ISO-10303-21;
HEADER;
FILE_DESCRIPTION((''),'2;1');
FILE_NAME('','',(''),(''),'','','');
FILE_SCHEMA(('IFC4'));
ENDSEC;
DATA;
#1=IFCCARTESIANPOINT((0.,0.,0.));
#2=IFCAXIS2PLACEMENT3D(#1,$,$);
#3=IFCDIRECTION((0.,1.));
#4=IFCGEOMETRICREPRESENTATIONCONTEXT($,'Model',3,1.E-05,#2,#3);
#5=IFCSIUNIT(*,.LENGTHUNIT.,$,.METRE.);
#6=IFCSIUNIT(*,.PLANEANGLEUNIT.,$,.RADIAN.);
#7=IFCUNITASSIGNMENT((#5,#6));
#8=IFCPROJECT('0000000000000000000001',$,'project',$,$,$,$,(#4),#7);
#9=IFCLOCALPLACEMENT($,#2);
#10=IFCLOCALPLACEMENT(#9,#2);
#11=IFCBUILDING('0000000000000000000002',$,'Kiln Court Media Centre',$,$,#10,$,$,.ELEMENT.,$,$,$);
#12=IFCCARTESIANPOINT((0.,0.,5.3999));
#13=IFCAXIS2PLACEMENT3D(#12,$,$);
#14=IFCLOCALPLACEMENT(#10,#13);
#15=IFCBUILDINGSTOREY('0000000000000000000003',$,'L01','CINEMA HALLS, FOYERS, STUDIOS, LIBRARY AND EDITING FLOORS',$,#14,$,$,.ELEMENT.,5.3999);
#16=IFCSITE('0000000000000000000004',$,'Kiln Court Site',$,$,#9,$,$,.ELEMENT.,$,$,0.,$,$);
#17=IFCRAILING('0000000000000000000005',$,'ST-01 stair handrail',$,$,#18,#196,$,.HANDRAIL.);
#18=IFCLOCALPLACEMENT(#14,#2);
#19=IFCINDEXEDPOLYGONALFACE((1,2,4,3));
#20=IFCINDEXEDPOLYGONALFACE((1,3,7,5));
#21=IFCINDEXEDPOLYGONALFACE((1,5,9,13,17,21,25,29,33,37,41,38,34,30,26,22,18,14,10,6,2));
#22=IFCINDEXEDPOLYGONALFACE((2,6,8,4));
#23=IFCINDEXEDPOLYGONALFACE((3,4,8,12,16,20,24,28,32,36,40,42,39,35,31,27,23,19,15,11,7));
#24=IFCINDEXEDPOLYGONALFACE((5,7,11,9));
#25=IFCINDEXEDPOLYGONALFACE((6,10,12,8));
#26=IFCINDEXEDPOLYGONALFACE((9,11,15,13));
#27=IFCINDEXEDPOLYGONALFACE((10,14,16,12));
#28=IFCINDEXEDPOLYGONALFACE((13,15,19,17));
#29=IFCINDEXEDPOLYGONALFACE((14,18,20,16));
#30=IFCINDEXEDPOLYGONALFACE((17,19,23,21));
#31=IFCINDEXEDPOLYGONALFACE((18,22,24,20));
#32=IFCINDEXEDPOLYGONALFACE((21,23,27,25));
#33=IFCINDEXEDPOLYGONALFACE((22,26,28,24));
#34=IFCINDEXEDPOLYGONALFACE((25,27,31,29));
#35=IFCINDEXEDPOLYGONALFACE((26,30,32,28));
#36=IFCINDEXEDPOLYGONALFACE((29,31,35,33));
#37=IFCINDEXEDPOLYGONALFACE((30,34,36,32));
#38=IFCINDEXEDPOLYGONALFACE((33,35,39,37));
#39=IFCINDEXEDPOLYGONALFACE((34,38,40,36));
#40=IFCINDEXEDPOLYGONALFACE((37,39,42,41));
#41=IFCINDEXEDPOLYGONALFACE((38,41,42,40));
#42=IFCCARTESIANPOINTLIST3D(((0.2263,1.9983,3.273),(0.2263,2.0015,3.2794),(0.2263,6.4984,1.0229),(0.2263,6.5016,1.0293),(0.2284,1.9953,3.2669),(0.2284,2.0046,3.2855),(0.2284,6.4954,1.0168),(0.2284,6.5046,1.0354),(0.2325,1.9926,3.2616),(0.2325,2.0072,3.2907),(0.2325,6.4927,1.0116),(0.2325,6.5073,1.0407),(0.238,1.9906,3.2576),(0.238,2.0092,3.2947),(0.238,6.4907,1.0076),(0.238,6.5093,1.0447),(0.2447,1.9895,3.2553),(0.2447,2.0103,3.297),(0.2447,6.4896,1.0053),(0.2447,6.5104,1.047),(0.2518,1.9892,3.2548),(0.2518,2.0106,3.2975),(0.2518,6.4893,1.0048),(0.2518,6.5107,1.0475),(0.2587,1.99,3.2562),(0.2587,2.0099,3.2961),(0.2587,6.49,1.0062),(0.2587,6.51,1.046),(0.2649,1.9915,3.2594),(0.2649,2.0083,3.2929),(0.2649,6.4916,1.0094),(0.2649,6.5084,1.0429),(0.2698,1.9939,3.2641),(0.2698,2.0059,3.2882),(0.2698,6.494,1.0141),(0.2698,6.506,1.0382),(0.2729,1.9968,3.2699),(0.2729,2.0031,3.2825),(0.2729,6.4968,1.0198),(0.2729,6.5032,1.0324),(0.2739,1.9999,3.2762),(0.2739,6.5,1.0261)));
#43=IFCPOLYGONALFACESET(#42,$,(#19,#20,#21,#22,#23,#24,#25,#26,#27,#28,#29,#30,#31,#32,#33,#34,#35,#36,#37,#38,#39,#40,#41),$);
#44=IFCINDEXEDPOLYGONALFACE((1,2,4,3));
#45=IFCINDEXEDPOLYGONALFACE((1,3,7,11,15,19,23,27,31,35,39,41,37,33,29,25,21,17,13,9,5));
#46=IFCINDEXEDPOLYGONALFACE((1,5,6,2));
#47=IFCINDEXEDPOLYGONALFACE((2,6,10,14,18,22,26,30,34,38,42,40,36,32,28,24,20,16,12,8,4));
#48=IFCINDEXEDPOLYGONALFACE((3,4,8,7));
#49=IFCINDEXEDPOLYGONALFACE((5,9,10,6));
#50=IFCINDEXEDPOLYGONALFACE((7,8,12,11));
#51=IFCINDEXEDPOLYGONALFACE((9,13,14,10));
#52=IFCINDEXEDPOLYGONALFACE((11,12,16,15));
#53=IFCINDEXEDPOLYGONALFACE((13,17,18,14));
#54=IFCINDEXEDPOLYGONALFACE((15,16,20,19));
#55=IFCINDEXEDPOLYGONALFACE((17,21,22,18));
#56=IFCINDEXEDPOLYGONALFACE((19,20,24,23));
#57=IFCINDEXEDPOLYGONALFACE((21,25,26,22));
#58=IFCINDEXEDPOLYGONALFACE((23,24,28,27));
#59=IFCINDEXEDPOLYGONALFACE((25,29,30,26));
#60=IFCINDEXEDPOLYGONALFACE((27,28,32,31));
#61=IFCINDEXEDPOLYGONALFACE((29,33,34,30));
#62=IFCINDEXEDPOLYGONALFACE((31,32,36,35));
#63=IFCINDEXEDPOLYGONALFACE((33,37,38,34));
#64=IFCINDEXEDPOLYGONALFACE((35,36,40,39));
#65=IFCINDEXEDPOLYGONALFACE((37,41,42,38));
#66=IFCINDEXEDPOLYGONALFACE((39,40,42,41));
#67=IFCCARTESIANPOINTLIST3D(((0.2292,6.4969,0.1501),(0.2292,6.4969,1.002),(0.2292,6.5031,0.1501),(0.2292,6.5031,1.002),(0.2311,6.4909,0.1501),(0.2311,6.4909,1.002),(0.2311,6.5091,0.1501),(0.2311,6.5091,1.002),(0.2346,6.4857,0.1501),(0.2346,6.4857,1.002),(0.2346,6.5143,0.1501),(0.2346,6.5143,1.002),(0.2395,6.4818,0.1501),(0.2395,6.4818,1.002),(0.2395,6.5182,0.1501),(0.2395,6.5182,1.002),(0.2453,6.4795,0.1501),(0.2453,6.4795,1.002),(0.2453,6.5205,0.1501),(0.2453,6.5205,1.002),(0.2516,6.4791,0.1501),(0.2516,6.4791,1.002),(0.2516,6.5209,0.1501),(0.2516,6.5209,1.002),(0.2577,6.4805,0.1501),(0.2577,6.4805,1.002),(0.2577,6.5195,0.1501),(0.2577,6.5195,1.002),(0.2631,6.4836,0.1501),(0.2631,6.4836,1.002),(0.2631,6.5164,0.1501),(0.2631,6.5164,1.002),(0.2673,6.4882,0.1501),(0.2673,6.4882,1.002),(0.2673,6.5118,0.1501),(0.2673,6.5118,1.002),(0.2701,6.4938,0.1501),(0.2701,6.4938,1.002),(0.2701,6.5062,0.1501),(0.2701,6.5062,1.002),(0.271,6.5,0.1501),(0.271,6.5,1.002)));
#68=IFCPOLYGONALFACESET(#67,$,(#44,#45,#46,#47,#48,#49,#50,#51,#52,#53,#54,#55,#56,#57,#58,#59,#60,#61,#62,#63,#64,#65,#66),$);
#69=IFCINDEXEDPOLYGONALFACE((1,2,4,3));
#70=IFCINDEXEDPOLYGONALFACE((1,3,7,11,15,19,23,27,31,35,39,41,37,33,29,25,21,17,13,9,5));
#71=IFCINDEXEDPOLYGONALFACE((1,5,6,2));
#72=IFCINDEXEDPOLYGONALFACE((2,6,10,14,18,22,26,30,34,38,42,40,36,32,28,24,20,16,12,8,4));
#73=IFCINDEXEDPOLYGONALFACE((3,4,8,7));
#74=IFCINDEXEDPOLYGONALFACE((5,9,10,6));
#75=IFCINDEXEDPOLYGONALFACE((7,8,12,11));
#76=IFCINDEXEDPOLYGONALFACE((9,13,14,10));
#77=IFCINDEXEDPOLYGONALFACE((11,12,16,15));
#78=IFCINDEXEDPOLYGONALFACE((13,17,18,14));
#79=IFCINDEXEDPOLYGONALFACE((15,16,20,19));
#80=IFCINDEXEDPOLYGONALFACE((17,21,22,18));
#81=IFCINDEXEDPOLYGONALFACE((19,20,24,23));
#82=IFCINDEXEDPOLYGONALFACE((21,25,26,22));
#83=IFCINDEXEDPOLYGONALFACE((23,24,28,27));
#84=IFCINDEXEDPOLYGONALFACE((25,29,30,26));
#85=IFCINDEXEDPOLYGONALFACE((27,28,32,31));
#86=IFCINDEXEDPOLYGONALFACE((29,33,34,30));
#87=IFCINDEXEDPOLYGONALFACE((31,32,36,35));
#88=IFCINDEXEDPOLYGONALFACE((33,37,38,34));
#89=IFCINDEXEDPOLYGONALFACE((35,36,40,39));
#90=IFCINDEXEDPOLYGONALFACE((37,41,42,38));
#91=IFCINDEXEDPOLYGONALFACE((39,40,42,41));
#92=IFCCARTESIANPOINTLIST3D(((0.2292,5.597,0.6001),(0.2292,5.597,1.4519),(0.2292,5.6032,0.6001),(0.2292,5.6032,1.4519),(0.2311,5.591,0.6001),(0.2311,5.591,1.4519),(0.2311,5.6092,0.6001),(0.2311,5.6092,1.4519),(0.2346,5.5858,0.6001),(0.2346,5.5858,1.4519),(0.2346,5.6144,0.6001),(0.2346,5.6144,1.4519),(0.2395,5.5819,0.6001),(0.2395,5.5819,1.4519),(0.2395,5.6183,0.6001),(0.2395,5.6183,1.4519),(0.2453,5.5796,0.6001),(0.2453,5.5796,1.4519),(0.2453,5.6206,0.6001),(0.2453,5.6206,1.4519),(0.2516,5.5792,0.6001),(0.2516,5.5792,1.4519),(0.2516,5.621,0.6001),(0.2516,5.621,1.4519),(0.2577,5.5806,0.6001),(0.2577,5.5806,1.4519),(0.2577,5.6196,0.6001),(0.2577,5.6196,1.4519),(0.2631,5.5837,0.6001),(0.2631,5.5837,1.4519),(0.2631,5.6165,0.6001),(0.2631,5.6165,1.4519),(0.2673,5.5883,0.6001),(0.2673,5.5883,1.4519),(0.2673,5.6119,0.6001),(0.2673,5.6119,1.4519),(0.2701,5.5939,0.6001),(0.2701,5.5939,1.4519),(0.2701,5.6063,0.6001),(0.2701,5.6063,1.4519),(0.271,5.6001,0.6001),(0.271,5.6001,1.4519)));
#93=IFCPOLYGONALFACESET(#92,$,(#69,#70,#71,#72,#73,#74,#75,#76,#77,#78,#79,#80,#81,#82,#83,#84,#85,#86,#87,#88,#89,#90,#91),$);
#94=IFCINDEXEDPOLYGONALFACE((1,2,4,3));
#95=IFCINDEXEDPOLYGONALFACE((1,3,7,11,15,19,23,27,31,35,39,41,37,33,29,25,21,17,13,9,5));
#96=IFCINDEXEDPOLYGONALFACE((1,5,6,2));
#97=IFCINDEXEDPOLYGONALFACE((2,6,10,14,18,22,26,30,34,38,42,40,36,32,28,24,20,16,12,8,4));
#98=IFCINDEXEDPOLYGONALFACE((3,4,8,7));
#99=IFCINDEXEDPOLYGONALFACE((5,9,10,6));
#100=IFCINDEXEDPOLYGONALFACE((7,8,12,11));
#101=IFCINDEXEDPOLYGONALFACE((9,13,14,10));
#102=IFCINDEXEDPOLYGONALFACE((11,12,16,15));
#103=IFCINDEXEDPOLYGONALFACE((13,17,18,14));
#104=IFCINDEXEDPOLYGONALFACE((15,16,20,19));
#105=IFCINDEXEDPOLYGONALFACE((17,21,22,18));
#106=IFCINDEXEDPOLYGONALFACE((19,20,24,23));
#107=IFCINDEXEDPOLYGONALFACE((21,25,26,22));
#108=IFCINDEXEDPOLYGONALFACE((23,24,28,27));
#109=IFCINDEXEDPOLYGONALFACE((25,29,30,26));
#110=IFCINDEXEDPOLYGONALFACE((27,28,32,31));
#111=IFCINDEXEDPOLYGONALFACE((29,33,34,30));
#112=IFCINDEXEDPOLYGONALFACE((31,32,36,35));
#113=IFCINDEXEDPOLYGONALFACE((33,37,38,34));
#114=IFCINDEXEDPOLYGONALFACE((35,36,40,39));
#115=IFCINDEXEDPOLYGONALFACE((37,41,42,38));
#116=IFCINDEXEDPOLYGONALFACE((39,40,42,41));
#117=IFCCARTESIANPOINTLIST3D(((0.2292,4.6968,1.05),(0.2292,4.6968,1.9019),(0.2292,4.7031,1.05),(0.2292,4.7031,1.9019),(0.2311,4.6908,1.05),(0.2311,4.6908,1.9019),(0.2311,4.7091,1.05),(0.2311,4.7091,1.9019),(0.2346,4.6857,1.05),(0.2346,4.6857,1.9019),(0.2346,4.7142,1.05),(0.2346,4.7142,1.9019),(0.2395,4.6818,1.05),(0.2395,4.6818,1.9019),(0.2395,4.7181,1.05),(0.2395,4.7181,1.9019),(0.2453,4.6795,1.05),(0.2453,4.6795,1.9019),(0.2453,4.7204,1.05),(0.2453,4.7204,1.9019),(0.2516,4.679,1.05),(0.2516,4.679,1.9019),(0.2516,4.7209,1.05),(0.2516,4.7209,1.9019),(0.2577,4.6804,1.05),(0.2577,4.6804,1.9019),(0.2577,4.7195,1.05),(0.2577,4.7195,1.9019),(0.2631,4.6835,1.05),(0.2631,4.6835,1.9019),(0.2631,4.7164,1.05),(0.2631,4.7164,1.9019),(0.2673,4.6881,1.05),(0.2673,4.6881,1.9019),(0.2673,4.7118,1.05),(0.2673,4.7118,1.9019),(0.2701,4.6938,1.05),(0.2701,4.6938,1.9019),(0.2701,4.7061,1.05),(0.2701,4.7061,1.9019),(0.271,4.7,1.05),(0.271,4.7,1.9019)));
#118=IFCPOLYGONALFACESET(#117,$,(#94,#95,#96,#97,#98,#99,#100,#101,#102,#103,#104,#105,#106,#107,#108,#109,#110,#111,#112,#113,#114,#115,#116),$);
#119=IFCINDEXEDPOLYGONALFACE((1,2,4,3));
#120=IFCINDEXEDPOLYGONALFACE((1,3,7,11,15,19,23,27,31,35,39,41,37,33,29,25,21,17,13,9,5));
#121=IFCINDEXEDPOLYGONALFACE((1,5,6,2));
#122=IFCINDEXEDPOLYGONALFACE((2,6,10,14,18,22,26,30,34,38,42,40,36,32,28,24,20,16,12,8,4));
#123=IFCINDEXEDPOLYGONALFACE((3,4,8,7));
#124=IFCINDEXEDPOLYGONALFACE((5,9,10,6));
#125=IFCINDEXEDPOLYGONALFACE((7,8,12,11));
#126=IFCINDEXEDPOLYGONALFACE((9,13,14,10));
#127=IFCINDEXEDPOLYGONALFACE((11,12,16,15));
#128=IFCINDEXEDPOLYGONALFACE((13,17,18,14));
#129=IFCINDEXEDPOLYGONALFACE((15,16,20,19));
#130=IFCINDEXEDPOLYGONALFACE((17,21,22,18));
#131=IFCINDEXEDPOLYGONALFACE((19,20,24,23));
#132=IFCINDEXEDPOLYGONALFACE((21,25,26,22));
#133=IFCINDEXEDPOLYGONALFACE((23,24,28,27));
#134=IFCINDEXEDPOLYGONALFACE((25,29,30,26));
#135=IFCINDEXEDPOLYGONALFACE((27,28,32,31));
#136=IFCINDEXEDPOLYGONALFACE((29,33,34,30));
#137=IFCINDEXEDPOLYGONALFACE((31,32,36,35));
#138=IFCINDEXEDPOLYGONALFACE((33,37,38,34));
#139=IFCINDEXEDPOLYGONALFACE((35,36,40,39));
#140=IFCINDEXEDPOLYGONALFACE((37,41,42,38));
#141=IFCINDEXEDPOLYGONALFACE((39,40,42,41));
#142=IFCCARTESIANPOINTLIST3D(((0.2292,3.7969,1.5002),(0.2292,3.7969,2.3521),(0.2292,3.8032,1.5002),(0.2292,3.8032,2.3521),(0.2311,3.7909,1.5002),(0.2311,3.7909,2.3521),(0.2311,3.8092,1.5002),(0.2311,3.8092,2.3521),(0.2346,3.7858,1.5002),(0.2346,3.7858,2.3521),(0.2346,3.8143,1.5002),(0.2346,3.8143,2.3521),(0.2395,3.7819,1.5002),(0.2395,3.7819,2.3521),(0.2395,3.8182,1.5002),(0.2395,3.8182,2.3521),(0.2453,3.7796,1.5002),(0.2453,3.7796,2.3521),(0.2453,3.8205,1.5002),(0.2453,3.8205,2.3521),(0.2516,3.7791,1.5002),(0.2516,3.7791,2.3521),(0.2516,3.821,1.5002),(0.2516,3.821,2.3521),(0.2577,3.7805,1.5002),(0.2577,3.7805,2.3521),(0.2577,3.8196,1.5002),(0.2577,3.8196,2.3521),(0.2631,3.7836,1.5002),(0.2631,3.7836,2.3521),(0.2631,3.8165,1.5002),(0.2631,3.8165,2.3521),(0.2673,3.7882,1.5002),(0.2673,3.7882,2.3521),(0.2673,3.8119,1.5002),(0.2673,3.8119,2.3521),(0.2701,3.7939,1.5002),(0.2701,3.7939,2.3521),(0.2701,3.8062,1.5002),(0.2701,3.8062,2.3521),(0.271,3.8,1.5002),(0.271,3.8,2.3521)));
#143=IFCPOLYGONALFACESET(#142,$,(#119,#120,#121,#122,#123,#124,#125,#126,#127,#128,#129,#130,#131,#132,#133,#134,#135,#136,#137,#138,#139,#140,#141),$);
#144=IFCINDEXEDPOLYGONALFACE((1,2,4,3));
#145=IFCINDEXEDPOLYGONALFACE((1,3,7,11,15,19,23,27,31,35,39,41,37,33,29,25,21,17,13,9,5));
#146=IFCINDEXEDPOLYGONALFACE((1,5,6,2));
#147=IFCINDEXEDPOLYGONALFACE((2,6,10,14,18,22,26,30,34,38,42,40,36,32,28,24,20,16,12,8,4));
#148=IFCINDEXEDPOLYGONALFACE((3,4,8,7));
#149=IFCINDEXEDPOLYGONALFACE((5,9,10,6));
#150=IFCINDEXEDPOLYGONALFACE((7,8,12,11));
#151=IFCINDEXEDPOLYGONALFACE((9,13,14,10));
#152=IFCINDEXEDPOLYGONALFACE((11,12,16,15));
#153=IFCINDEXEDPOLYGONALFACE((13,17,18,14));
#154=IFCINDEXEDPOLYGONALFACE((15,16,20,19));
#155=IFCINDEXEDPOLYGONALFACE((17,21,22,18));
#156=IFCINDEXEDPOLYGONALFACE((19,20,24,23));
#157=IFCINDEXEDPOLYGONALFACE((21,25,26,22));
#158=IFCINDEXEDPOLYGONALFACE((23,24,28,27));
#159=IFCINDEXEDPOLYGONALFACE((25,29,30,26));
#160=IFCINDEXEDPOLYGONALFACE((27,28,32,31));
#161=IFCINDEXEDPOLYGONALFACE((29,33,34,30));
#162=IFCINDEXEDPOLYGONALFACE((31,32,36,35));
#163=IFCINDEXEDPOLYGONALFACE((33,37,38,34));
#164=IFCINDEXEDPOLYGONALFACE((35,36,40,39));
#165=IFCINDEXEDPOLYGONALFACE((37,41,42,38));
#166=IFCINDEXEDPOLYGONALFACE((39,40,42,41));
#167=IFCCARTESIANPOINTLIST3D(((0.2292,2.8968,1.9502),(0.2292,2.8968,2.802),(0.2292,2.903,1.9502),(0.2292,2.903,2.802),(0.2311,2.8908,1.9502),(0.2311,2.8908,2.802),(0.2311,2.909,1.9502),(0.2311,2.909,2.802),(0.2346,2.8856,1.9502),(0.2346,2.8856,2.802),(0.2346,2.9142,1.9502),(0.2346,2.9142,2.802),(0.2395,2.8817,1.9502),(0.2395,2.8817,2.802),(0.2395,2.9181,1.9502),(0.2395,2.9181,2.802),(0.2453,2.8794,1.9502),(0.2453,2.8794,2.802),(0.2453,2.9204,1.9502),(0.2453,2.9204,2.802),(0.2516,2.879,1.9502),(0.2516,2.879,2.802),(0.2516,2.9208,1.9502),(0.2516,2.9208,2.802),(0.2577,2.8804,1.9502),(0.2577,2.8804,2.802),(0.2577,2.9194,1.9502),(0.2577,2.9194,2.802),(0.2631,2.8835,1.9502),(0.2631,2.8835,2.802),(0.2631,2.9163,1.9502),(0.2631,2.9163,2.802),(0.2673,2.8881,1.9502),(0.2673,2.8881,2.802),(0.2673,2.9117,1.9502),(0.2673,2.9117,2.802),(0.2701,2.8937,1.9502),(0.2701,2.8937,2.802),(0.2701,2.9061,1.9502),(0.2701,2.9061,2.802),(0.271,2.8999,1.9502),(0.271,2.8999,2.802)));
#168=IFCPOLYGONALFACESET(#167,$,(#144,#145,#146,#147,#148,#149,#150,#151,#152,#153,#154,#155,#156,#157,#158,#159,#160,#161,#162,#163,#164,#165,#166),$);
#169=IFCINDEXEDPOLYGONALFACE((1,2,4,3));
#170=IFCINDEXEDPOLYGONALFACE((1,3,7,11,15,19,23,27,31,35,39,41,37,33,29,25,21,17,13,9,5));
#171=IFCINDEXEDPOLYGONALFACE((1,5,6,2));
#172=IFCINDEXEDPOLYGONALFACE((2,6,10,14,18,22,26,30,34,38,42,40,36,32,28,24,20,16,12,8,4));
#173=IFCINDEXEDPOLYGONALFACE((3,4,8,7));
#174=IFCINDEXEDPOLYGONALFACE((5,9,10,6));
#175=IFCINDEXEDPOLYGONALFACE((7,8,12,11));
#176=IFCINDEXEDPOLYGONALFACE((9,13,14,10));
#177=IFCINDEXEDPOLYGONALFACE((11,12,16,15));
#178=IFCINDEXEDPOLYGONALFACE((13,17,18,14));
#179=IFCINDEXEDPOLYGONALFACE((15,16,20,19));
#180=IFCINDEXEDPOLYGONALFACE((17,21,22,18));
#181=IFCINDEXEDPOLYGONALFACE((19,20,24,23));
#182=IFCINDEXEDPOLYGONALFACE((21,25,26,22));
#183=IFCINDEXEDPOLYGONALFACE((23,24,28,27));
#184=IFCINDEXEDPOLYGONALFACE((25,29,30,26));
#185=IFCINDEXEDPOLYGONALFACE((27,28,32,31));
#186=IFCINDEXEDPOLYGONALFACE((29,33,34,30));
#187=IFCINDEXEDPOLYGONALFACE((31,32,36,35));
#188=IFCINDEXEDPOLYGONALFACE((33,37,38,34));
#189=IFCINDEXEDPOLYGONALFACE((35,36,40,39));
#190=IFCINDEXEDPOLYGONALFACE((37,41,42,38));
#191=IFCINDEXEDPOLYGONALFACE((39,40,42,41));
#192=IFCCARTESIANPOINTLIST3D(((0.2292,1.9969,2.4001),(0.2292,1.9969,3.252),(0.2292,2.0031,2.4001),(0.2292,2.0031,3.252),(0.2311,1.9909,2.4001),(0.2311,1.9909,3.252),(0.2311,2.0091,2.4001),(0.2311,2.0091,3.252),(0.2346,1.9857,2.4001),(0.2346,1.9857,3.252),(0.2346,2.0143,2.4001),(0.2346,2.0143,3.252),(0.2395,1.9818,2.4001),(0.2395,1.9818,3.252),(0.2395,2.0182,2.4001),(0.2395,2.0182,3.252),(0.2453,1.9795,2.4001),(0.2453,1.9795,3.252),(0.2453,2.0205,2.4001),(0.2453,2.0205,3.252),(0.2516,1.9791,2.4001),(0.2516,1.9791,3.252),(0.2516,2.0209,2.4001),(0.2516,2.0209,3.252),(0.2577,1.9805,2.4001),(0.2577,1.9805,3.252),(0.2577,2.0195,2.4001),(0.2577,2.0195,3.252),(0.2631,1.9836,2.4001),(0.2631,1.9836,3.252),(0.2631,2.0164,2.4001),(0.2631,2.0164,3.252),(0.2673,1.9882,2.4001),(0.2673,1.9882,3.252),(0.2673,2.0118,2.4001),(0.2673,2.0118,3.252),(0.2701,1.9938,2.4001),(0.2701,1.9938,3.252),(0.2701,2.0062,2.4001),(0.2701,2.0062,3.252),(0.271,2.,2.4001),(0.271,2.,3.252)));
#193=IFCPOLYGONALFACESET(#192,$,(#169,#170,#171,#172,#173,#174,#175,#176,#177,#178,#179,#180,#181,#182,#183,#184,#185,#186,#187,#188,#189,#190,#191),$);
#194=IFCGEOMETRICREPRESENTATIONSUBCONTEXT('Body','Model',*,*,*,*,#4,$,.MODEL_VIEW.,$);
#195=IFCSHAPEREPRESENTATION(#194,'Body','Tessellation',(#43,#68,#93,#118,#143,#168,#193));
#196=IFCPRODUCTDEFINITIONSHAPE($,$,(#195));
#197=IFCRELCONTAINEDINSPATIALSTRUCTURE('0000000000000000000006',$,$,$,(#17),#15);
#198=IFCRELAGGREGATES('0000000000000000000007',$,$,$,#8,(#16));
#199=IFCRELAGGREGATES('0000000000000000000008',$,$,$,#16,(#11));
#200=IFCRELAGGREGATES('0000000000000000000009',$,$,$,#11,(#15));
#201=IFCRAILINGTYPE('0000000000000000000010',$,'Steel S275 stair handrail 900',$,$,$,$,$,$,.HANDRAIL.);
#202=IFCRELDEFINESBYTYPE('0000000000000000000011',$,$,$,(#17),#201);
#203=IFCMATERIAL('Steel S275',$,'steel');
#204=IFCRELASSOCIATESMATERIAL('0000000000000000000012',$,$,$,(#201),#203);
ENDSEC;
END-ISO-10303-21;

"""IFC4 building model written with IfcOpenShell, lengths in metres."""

from ifc_helpers import new_model, si_unit, direction, frame, origin, origin_2d, place, context, subcontext, project, spatial, circle, extrude, material, type_object, element, save


model = new_model("IFC4")

# Units and contexts
model_context = context("Model", 3, precision=1e-05, world=origin(), true_north=direction((0.0, 1.0)))
body_context = subcontext(model_context, "Body", "Model", "MODEL_VIEW")
ifc_project = project(units=[si_unit("LENGTHUNIT", "METRE"), si_unit("PLANEANGLEUNIT", "RADIAN")], contexts=[model_context])

# Site, building, storey
site_placement = place(None, origin())
site = spatial("IfcSite", under=ifc_project, at=site_placement, Name="Kiln Court Site", CompositionType="ELEMENT", RefElevation=0.0)
building_placement = place(site_placement, origin())
building = spatial("IfcBuilding", under=site, at=building_placement, Name="Kiln Court Media Centre", CompositionType="ELEMENT")
storey_placement = place(building_placement, frame((0.0, 0.0, 5.3999)))
storey = spatial("IfcBuildingStorey", under=building, at=storey_placement, Name="L01", Description="CINEMA HALLS, FOYERS, STUDIOS, LIBRARY AND EDITING FLOORS", CompositionType="ELEMENT", Elevation=5.3999)

# Railing
ifc_material_1 = material(Name="Steel S275", Category="steel")
railing_type_1 = type_object("IfcRailingType", Name="Steel S275 stair handrail 900", PredefinedType="HANDRAIL", material=ifc_material_1)
railing_1_placement = place(storey_placement, frame((0.25, 6.5, 0.1501)))
element("IfcRailing", 1, at=railing_1_placement, inside=storey, type_object=railing_type_1, Name="ST-01 stair handrail", PredefinedType="HANDRAIL", context=body_context, shape_type="SweptSolid", body=[
    extrude(circle(Radius=0.0239, at=origin_2d()), frame((0.0, 0.0, 0.876), z_axis=(0.0, -0.894427, 0.447214), x_axis=(1.0, 0.0, 0.0)), (0.0, 0.0, 1.0), 5.0312),
    extrude(circle(Radius=0.021, at=origin_2d()), origin(), (0.0, 0.0, 1.0), 0.8518),
    extrude(circle(Radius=0.021, at=origin_2d()), frame((0.0, -0.8999, 0.45)), (0.0, 0.0, 1.0), 0.8518),
    extrude(circle(Radius=0.021, at=origin_2d()), frame((0.0, -1.8, 0.8999)), (0.0, 0.0, 1.0), 0.8518),
    extrude(circle(Radius=0.021, at=origin_2d()), frame((0.0, -2.7, 1.3501)), (0.0, 0.0, 1.0), 0.8518),
    extrude(circle(Radius=0.021, at=origin_2d()), frame((0.0, -3.6001, 1.8)), (0.0, 0.0, 1.0), 0.8518),
    extrude(circle(Radius=0.021, at=origin_2d()), frame((0.0, -4.5, 2.25)), (0.0, 0.0, 1.0), 0.8518),
])

save(model, "model.ifc")
